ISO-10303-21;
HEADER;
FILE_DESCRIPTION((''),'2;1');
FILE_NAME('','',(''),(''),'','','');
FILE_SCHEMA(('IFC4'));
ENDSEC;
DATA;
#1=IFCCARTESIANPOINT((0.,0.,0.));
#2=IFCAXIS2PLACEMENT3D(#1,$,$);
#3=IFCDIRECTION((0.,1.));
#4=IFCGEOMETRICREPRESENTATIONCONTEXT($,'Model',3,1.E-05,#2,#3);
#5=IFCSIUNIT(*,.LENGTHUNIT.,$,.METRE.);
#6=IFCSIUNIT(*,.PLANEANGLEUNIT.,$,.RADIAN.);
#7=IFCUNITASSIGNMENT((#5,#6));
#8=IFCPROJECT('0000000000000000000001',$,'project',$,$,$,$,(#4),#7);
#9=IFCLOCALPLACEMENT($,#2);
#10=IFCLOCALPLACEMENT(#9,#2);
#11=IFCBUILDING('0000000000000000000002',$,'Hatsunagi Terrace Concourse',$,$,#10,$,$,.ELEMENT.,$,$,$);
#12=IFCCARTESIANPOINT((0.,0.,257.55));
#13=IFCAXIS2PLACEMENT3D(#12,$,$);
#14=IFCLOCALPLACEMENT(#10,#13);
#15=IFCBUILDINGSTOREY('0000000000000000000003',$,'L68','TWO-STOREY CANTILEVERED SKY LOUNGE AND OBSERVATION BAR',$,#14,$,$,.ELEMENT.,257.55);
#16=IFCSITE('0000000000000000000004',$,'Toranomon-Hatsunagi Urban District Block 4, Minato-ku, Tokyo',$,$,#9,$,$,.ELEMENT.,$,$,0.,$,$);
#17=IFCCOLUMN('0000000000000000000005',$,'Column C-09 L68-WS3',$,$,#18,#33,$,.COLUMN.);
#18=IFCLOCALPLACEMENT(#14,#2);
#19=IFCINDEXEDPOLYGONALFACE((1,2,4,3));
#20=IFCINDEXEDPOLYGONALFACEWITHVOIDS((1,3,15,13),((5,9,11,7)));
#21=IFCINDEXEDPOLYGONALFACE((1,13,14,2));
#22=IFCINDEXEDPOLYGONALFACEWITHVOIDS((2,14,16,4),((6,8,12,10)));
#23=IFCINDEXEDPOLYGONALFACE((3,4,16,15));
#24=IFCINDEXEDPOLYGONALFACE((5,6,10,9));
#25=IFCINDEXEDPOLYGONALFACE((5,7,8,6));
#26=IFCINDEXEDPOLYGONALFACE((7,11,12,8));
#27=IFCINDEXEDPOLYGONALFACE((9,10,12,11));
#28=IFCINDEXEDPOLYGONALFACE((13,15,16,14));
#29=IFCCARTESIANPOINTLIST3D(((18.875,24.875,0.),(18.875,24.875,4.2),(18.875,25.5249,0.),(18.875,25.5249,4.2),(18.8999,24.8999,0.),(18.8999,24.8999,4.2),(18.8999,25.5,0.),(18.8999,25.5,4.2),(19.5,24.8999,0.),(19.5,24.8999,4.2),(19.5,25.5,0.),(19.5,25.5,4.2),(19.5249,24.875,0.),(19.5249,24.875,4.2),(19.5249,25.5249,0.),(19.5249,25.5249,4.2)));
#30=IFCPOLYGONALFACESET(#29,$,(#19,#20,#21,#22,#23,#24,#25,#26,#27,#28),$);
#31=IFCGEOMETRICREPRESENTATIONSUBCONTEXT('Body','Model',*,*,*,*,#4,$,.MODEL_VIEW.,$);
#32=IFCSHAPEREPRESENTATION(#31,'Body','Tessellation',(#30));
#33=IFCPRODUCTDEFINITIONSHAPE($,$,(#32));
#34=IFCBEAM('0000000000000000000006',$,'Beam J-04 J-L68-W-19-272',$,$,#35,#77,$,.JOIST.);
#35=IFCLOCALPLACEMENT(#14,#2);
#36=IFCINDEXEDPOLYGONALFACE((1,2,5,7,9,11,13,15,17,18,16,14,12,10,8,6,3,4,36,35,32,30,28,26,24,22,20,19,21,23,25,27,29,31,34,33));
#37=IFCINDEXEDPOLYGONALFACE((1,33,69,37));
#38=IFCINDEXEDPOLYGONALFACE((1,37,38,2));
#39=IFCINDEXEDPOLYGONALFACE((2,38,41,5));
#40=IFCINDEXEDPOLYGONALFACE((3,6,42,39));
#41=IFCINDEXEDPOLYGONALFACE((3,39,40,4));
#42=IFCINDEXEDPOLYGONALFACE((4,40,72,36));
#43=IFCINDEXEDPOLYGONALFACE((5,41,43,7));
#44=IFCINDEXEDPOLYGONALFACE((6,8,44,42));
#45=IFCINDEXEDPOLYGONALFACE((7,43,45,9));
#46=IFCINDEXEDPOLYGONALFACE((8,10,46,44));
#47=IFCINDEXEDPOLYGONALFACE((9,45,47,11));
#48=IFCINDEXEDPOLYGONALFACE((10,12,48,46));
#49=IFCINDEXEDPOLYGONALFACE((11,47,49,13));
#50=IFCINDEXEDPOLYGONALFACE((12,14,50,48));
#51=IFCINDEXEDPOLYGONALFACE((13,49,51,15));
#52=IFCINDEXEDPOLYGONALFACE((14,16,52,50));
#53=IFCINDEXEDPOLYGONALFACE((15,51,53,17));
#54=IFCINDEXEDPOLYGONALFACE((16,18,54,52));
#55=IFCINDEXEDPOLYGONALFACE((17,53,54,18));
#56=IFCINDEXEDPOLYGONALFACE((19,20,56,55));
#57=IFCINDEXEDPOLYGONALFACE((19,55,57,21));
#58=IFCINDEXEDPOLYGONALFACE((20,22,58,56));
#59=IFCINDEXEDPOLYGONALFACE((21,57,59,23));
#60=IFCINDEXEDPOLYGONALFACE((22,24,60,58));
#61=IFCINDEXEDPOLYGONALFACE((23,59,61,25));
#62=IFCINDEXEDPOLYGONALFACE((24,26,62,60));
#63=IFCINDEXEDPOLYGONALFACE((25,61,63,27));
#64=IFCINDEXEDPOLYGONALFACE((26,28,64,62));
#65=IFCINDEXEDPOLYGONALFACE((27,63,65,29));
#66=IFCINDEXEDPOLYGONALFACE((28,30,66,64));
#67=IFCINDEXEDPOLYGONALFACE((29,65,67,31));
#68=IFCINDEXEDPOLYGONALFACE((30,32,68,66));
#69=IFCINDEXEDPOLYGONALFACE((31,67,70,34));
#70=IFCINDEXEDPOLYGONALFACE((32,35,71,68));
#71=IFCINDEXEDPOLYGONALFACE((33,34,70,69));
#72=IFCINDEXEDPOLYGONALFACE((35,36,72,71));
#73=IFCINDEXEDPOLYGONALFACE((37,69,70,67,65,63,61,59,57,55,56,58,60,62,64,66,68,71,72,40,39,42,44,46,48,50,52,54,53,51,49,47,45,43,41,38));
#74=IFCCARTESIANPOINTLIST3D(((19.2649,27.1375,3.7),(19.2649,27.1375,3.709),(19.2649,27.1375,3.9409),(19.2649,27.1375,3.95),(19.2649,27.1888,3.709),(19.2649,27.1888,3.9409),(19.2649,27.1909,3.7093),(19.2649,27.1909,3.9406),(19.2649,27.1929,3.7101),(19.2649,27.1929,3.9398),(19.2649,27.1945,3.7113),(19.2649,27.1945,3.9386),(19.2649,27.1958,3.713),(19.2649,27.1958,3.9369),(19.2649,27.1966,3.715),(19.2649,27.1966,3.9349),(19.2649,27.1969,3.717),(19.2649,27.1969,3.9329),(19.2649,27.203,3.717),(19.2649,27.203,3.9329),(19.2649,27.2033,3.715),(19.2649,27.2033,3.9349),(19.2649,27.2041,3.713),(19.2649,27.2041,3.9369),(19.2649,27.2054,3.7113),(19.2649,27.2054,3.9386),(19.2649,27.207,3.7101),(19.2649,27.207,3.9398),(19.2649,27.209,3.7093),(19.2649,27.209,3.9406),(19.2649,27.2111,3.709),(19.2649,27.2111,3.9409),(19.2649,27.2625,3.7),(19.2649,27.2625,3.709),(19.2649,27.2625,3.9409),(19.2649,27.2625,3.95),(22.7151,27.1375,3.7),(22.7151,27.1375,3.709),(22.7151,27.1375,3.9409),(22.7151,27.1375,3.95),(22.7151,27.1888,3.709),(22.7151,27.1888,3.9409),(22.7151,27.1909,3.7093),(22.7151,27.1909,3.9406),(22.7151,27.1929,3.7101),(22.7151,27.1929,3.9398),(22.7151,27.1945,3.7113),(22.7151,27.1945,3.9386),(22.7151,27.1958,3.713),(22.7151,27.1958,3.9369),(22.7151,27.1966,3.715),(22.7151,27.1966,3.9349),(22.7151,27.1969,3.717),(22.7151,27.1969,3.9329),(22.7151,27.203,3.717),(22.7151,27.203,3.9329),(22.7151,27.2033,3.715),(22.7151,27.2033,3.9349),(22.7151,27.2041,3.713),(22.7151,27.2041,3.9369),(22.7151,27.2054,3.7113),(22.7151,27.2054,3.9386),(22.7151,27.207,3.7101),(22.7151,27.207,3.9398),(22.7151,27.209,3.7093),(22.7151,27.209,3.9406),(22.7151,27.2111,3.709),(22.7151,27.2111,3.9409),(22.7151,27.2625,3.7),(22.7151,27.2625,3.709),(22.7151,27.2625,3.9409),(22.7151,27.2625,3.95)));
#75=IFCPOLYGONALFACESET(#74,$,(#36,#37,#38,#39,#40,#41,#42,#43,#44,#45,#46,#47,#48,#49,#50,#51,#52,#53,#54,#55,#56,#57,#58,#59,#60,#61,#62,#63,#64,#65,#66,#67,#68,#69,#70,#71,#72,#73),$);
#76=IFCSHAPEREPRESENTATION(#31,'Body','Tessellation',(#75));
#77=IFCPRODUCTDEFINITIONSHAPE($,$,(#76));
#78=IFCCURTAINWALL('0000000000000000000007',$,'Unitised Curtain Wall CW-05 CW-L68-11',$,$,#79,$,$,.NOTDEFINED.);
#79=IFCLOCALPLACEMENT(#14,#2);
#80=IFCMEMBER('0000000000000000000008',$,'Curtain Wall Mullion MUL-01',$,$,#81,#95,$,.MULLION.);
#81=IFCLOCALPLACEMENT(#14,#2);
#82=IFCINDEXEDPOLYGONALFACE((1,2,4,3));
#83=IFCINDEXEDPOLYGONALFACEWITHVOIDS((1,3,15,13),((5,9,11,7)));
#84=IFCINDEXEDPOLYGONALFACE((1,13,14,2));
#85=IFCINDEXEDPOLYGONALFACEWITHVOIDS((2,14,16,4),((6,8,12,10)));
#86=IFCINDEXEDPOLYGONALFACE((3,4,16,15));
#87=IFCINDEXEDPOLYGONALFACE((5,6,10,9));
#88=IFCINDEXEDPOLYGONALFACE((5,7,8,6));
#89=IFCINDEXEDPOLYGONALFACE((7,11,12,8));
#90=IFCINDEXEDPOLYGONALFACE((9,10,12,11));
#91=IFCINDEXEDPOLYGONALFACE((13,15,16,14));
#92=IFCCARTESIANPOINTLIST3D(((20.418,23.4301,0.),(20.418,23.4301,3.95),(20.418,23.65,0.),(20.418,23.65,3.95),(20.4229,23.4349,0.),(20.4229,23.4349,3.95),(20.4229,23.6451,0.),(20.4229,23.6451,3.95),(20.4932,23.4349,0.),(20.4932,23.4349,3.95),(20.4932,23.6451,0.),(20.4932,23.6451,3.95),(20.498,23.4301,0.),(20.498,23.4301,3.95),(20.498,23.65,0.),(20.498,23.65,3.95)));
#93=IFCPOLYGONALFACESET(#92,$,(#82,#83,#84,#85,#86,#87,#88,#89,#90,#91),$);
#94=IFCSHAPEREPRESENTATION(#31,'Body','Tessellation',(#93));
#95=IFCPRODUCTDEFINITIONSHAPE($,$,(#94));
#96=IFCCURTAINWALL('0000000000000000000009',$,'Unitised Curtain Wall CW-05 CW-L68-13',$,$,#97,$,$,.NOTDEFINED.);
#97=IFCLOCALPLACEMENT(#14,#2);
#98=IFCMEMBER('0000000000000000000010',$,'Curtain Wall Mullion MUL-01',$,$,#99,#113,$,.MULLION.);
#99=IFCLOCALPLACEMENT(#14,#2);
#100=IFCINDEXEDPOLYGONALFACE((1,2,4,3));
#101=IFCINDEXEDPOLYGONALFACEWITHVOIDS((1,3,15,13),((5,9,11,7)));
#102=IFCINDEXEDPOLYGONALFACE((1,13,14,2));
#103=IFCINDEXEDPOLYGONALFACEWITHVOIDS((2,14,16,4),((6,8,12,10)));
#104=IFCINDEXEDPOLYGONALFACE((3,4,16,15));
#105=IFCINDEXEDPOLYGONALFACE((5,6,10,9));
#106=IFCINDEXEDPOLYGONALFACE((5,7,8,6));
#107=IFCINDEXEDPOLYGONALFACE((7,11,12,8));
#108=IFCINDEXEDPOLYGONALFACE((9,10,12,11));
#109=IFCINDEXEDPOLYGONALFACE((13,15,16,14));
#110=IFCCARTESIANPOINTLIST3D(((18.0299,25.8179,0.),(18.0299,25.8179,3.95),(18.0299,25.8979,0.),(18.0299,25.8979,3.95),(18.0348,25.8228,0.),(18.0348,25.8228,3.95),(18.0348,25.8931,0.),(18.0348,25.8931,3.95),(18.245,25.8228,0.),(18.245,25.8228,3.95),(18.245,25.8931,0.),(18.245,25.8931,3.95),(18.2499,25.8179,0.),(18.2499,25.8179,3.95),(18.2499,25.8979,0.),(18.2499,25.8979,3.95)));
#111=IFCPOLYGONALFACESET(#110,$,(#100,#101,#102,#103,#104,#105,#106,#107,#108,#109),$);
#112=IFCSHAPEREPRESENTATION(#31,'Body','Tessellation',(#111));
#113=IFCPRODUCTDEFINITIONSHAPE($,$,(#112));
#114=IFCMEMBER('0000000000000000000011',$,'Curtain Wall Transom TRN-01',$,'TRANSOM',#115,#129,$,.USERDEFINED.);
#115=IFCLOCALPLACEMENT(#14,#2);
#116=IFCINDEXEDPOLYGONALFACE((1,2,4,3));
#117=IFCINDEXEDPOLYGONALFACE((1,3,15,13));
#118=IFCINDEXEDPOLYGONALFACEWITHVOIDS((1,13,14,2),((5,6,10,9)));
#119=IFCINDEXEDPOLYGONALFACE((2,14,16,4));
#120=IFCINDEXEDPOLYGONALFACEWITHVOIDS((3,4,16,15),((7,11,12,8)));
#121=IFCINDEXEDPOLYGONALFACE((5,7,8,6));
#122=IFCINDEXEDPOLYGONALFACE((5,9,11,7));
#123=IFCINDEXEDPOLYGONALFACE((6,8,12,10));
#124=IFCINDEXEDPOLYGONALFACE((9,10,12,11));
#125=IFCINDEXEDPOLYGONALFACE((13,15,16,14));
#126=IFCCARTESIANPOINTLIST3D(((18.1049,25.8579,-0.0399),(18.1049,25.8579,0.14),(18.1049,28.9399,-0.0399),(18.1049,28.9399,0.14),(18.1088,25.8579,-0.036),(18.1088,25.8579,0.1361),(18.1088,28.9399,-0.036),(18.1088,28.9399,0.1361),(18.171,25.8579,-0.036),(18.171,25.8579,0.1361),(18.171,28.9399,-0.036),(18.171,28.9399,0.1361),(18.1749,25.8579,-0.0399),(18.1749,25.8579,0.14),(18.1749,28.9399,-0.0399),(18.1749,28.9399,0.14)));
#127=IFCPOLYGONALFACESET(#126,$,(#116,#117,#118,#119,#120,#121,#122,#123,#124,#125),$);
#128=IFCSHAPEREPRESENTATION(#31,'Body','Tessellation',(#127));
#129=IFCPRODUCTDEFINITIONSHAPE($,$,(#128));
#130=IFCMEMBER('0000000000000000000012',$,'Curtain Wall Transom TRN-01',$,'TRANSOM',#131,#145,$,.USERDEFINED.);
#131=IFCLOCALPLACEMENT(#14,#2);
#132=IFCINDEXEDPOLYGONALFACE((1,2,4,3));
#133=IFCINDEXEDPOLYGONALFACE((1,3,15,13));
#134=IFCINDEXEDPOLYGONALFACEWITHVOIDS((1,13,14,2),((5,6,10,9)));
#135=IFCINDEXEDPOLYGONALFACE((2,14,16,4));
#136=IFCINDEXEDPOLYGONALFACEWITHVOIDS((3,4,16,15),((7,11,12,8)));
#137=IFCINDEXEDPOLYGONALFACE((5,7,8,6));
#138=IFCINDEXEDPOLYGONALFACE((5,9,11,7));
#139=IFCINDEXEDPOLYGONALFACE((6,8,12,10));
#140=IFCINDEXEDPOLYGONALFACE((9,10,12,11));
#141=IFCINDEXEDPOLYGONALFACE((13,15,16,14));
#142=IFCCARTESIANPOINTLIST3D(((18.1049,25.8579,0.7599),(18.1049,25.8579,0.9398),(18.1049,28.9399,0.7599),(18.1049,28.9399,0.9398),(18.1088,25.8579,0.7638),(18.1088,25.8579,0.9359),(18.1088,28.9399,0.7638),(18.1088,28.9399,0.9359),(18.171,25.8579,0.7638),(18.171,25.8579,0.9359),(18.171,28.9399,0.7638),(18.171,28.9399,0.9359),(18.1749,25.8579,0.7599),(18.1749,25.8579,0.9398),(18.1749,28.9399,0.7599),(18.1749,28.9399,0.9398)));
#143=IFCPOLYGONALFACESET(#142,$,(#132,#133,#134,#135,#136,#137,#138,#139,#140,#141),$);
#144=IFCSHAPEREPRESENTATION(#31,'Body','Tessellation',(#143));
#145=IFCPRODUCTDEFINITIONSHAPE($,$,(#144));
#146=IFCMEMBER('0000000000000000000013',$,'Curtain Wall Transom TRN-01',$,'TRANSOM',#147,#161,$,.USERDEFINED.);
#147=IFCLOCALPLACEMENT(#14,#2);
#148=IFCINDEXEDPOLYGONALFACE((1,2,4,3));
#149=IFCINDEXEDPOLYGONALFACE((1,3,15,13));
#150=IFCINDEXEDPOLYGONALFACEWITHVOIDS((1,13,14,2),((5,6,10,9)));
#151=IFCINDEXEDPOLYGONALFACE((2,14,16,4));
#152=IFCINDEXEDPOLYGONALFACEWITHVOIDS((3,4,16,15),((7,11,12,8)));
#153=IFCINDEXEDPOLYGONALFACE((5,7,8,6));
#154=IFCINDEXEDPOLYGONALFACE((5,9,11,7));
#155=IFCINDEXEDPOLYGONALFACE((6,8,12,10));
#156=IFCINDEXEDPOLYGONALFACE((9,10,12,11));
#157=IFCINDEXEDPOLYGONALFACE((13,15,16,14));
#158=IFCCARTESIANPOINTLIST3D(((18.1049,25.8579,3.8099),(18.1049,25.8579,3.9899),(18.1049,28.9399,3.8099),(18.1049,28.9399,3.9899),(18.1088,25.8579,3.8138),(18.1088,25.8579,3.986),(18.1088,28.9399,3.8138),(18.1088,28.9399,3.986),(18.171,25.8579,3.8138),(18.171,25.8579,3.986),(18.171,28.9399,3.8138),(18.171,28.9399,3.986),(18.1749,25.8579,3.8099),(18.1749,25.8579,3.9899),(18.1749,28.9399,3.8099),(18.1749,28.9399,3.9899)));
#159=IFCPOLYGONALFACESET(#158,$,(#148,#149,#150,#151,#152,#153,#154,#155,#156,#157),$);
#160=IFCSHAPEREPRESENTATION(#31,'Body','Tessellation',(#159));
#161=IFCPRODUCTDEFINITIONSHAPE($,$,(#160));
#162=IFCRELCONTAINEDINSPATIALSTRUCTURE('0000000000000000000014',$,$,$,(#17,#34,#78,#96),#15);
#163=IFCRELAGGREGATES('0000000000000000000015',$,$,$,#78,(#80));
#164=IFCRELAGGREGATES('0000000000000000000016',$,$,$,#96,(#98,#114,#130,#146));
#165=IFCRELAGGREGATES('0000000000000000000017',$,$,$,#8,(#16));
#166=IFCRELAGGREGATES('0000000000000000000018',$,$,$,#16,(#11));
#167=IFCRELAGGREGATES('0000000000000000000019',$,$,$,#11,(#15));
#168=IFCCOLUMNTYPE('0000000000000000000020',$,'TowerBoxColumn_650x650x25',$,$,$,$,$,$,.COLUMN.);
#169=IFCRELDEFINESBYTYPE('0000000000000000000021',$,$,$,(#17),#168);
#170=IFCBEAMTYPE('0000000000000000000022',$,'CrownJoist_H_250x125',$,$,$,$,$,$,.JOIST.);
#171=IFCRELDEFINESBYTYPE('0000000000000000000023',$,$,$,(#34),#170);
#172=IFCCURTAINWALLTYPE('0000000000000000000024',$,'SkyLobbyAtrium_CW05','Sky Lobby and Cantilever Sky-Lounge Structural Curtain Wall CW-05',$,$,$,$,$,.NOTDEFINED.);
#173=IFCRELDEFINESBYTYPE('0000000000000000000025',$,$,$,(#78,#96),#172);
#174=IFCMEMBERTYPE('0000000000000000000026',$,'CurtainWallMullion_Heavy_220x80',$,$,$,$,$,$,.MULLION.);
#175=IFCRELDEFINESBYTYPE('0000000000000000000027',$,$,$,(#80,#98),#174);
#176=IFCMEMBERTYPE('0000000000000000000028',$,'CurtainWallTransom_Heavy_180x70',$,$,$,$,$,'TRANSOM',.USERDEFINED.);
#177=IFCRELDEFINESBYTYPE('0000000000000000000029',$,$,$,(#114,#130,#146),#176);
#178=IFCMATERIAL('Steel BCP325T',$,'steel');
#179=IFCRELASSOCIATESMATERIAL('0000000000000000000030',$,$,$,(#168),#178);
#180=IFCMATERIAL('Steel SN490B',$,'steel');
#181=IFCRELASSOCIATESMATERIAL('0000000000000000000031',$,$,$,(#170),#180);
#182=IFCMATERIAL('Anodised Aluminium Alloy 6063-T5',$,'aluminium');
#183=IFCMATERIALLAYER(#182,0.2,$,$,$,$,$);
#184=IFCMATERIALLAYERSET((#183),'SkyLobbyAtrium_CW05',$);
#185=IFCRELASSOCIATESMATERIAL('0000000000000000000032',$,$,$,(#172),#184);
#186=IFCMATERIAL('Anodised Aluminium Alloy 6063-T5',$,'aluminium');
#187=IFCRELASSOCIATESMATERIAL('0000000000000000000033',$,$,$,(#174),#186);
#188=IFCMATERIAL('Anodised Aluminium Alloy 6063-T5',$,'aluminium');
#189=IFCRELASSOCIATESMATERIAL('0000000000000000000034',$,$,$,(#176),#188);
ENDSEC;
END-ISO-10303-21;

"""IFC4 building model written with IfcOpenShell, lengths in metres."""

from ifc_helpers import new_model, si_unit, direction, frame, origin, origin_2d, place, context, subcontext, project, spatial, hollow_rectangle, i_section, extrude, material, layer, layer_set, material_profile, profile_set, type_object, element, aggregate, save


model = new_model("IFC4")

# Units and contexts
model_context = context("Model", 3, precision=1e-05, world=origin(), true_north=direction((0.0, 1.0)))
body_context = subcontext(model_context, "Body", "Model", "MODEL_VIEW")
ifc_project = project(units=[si_unit("LENGTHUNIT", "METRE"), si_unit("PLANEANGLEUNIT", "RADIAN")], contexts=[model_context])

# Site, building, storey
site_placement = place(None, origin())
site = spatial("IfcSite", under=ifc_project, at=site_placement, Name="Toranomon-Hatsunagi Urban District Block 4, Minato-ku, Tokyo", CompositionType="ELEMENT", RefElevation=0.0)
building_placement = place(site_placement, origin())
building = spatial("IfcBuilding", under=site, at=building_placement, Name="Hatsunagi Terrace Concourse", CompositionType="ELEMENT")
storey_placement = place(building_placement, frame((0.0, 0.0, 257.55)))
storey = spatial("IfcBuildingStorey", under=building, at=storey_placement, Name="L68", Description="TWO-STOREY CANTILEVERED SKY LOUNGE AND OBSERVATION BAR", CompositionType="ELEMENT", Elevation=257.55)

# Column
ifc_material_1 = material(Name="Steel BCP325T", Category="steel")
ifc_material_profile_1 = material_profile(ifc_material_1, hollow_rectangle(XDim=0.6499, YDim=0.6499, WallThickness=0.0249, at=origin_2d()), Name="BCP-650x650x25")
ifc_profile_set_1 = profile_set([ifc_material_profile_1], Name="Steel BCP325T")
column_type = type_object("IfcColumnType", Name="TowerBoxColumn_650x650x25", PredefinedType="COLUMN", material=ifc_profile_set_1)
column_placement = place(storey_placement, frame((19.2, 25.2, 0.0), z_axis=(0.0, 0.0, 1.0), x_axis=(1.0, 0.0, 0.0)))
element("IfcColumn", 1, at=column_placement, inside=storey, type_object=column_type, Name="Column C-09 L68-WS3", PredefinedType="COLUMN", context=body_context, shape_type="SweptSolid", body=[
    extrude(hollow_rectangle(XDim=0.6499, YDim=0.6499, WallThickness=0.0249, at=origin_2d()), origin(), (0.0, 0.0, 1.0), 4.2),
])

# Beam
ifc_material_2 = material(Name="Steel SN490B", Category="steel")
ifc_material_profile_2 = material_profile(ifc_material_2, i_section(OverallWidth=0.125, OverallDepth=0.25, WebThickness=0.0061, FlangeThickness=0.009, FilletRadius=0.0081, at=origin_2d()), Name="H-250x125x6x9")
ifc_profile_set_2 = profile_set([ifc_material_profile_2], Name="Steel SN490B")
beam_type_1 = type_object("IfcBeamType", Name="CrownJoist_H_250x125", PredefinedType="JOIST", material=ifc_profile_set_2)
beam_1_placement = place(storey_placement, frame((19.2649, 27.2, 3.825), z_axis=(1.0, 0.0, 0.0), x_axis=(0.0, 1.0, 0.0)))
element("IfcBeam", 2, at=beam_1_placement, inside=storey, type_object=beam_type_1, Name="Beam J-04 J-L68-W-19-272", PredefinedType="JOIST", context=body_context, shape_type="SweptSolid", body=[
    extrude(i_section(OverallWidth=0.125, OverallDepth=0.25, WebThickness=0.0061, FlangeThickness=0.009, FilletRadius=0.0081, at=origin_2d()), origin(), (0.0, 0.0, 1.0), 3.4502),
])

# Curtain wall, member
ifc_material_3 = material(Name="Anodised Aluminium Alloy 6063-T5", Category="aluminium")
ifc_layer_1 = layer(ifc_material_3, 0.2)
ifc_layer_set_1 = layer_set([ifc_layer_1], Name="SkyLobbyAtrium_CW05")
curtain_wall_type = type_object("IfcCurtainWallType", Name="SkyLobbyAtrium_CW05", Description="Sky Lobby and Cantilever Sky-Lounge Structural Curtain Wall CW-05", PredefinedType="NOTDEFINED", material=ifc_layer_set_1)
curtain_wall_1_placement = place(storey_placement, origin())
curtain_wall_1 = element("IfcCurtainWall", 3, at=curtain_wall_1_placement, inside=storey, type_object=curtain_wall_type, Name="Unitised Curtain Wall CW-05 CW-L68-11", PredefinedType="NOTDEFINED")
ifc_material_4 = material(Name="Anodised Aluminium Alloy 6063-T5", Category="aluminium")
ifc_material_profile_3 = material_profile(ifc_material_4, hollow_rectangle(XDim=0.0801, YDim=0.22, WallThickness=0.0049, at=origin_2d()), Name="ALU-MUL-220x80x5")
ifc_profile_set_3 = profile_set([ifc_material_profile_3], Name="Anodised Aluminium Alloy 6063-T5")
member_type_1 = type_object("IfcMemberType", Name="CurtainWallMullion_Heavy_220x80", PredefinedType="MULLION", material=ifc_profile_set_3)
member_1_placement = place(storey_placement, frame((20.458, 23.54, 0.0), z_axis=(0.0, 0.0, 1.0), x_axis=(-1.0, 0.0, 0.0)))
member_1 = element("IfcMember", 4, at=member_1_placement, type_object=member_type_1, Name="Curtain Wall Mullion MUL-01", PredefinedType="MULLION", context=body_context, shape_type="SweptSolid", body=[
    extrude(hollow_rectangle(XDim=0.0801, YDim=0.22, WallThickness=0.0049, at=origin_2d()), origin(), (0.0, 0.0, 1.0), 3.95),
])

# Curtain wall, members
curtain_wall_2_placement = place(storey_placement, origin())
curtain_wall_2 = element("IfcCurtainWall", 5, at=curtain_wall_2_placement, inside=storey, type_object=curtain_wall_type, Name="Unitised Curtain Wall CW-05 CW-L68-13", PredefinedType="NOTDEFINED")
member_2_placement = place(storey_placement, frame((18.1399, 25.8579, 0.0), z_axis=(0.0, 0.0, 1.0), x_axis=(0.0, 1.0, 0.0)))
member_2 = element("IfcMember", 6, at=member_2_placement, type_object=member_type_1, Name="Curtain Wall Mullion MUL-01", PredefinedType="MULLION", context=body_context, shape_type="SweptSolid", body=[
    extrude(hollow_rectangle(XDim=0.0801, YDim=0.22, WallThickness=0.0049, at=origin_2d()), origin(), (0.0, 0.0, 1.0), 3.95),
])
ifc_material_5 = material(Name="Anodised Aluminium Alloy 6063-T5", Category="aluminium")
ifc_material_profile_4 = material_profile(ifc_material_5, hollow_rectangle(XDim=0.0701, YDim=0.1799, WallThickness=0.0039, at=origin_2d()), Name="ALU-TRN-180x70x4")
ifc_profile_set_4 = profile_set([ifc_material_profile_4], Name="Anodised Aluminium Alloy 6063-T5")
member_type_2 = type_object("IfcMemberType", Name="CurtainWallTransom_Heavy_180x70", ElementType="TRANSOM", PredefinedType="USERDEFINED", material=ifc_profile_set_4)
member_3_placement = place(storey_placement, frame((18.1399, 25.8579, 0.05), z_axis=(0.0, 1.0, 0.0), x_axis=(-1.0, 0.0, 0.0)))
member_3 = element("IfcMember", 7, at=member_3_placement, type_object=member_type_2, Name="Curtain Wall Transom TRN-01", ObjectType="TRANSOM", PredefinedType="USERDEFINED", context=body_context, shape_type="SweptSolid", body=[
    extrude(hollow_rectangle(XDim=0.0701, YDim=0.1799, WallThickness=0.0039, at=origin_2d()), origin(), (0.0, 0.0, 1.0), 3.082),
])
member_4_placement = place(storey_placement, frame((18.1399, 25.8579, 0.8499), z_axis=(0.0, 1.0, 0.0), x_axis=(-1.0, 0.0, 0.0)))
member_4 = element("IfcMember", 8, at=member_4_placement, type_object=member_type_2, Name="Curtain Wall Transom TRN-01", ObjectType="TRANSOM", PredefinedType="USERDEFINED", context=body_context, shape_type="SweptSolid", body=[
    extrude(hollow_rectangle(XDim=0.0701, YDim=0.1799, WallThickness=0.0039, at=origin_2d()), origin(), (0.0, 0.0, 1.0), 3.082),
])
member_5_placement = place(storey_placement, frame((18.1399, 25.8579, 3.8999), z_axis=(0.0, 1.0, 0.0), x_axis=(-1.0, 0.0, 0.0)))
member_5 = element("IfcMember", 9, at=member_5_placement, type_object=member_type_2, Name="Curtain Wall Transom TRN-01", ObjectType="TRANSOM", PredefinedType="USERDEFINED", context=body_context, shape_type="SweptSolid", body=[
    extrude(hollow_rectangle(XDim=0.0701, YDim=0.1799, WallThickness=0.0039, at=origin_2d()), origin(), (0.0, 0.0, 1.0), 3.082),
])

aggregate(curtain_wall_1, [member_1])
aggregate(curtain_wall_2, [member_2, member_3, member_4, member_5])

save(model, "model.ifc")
